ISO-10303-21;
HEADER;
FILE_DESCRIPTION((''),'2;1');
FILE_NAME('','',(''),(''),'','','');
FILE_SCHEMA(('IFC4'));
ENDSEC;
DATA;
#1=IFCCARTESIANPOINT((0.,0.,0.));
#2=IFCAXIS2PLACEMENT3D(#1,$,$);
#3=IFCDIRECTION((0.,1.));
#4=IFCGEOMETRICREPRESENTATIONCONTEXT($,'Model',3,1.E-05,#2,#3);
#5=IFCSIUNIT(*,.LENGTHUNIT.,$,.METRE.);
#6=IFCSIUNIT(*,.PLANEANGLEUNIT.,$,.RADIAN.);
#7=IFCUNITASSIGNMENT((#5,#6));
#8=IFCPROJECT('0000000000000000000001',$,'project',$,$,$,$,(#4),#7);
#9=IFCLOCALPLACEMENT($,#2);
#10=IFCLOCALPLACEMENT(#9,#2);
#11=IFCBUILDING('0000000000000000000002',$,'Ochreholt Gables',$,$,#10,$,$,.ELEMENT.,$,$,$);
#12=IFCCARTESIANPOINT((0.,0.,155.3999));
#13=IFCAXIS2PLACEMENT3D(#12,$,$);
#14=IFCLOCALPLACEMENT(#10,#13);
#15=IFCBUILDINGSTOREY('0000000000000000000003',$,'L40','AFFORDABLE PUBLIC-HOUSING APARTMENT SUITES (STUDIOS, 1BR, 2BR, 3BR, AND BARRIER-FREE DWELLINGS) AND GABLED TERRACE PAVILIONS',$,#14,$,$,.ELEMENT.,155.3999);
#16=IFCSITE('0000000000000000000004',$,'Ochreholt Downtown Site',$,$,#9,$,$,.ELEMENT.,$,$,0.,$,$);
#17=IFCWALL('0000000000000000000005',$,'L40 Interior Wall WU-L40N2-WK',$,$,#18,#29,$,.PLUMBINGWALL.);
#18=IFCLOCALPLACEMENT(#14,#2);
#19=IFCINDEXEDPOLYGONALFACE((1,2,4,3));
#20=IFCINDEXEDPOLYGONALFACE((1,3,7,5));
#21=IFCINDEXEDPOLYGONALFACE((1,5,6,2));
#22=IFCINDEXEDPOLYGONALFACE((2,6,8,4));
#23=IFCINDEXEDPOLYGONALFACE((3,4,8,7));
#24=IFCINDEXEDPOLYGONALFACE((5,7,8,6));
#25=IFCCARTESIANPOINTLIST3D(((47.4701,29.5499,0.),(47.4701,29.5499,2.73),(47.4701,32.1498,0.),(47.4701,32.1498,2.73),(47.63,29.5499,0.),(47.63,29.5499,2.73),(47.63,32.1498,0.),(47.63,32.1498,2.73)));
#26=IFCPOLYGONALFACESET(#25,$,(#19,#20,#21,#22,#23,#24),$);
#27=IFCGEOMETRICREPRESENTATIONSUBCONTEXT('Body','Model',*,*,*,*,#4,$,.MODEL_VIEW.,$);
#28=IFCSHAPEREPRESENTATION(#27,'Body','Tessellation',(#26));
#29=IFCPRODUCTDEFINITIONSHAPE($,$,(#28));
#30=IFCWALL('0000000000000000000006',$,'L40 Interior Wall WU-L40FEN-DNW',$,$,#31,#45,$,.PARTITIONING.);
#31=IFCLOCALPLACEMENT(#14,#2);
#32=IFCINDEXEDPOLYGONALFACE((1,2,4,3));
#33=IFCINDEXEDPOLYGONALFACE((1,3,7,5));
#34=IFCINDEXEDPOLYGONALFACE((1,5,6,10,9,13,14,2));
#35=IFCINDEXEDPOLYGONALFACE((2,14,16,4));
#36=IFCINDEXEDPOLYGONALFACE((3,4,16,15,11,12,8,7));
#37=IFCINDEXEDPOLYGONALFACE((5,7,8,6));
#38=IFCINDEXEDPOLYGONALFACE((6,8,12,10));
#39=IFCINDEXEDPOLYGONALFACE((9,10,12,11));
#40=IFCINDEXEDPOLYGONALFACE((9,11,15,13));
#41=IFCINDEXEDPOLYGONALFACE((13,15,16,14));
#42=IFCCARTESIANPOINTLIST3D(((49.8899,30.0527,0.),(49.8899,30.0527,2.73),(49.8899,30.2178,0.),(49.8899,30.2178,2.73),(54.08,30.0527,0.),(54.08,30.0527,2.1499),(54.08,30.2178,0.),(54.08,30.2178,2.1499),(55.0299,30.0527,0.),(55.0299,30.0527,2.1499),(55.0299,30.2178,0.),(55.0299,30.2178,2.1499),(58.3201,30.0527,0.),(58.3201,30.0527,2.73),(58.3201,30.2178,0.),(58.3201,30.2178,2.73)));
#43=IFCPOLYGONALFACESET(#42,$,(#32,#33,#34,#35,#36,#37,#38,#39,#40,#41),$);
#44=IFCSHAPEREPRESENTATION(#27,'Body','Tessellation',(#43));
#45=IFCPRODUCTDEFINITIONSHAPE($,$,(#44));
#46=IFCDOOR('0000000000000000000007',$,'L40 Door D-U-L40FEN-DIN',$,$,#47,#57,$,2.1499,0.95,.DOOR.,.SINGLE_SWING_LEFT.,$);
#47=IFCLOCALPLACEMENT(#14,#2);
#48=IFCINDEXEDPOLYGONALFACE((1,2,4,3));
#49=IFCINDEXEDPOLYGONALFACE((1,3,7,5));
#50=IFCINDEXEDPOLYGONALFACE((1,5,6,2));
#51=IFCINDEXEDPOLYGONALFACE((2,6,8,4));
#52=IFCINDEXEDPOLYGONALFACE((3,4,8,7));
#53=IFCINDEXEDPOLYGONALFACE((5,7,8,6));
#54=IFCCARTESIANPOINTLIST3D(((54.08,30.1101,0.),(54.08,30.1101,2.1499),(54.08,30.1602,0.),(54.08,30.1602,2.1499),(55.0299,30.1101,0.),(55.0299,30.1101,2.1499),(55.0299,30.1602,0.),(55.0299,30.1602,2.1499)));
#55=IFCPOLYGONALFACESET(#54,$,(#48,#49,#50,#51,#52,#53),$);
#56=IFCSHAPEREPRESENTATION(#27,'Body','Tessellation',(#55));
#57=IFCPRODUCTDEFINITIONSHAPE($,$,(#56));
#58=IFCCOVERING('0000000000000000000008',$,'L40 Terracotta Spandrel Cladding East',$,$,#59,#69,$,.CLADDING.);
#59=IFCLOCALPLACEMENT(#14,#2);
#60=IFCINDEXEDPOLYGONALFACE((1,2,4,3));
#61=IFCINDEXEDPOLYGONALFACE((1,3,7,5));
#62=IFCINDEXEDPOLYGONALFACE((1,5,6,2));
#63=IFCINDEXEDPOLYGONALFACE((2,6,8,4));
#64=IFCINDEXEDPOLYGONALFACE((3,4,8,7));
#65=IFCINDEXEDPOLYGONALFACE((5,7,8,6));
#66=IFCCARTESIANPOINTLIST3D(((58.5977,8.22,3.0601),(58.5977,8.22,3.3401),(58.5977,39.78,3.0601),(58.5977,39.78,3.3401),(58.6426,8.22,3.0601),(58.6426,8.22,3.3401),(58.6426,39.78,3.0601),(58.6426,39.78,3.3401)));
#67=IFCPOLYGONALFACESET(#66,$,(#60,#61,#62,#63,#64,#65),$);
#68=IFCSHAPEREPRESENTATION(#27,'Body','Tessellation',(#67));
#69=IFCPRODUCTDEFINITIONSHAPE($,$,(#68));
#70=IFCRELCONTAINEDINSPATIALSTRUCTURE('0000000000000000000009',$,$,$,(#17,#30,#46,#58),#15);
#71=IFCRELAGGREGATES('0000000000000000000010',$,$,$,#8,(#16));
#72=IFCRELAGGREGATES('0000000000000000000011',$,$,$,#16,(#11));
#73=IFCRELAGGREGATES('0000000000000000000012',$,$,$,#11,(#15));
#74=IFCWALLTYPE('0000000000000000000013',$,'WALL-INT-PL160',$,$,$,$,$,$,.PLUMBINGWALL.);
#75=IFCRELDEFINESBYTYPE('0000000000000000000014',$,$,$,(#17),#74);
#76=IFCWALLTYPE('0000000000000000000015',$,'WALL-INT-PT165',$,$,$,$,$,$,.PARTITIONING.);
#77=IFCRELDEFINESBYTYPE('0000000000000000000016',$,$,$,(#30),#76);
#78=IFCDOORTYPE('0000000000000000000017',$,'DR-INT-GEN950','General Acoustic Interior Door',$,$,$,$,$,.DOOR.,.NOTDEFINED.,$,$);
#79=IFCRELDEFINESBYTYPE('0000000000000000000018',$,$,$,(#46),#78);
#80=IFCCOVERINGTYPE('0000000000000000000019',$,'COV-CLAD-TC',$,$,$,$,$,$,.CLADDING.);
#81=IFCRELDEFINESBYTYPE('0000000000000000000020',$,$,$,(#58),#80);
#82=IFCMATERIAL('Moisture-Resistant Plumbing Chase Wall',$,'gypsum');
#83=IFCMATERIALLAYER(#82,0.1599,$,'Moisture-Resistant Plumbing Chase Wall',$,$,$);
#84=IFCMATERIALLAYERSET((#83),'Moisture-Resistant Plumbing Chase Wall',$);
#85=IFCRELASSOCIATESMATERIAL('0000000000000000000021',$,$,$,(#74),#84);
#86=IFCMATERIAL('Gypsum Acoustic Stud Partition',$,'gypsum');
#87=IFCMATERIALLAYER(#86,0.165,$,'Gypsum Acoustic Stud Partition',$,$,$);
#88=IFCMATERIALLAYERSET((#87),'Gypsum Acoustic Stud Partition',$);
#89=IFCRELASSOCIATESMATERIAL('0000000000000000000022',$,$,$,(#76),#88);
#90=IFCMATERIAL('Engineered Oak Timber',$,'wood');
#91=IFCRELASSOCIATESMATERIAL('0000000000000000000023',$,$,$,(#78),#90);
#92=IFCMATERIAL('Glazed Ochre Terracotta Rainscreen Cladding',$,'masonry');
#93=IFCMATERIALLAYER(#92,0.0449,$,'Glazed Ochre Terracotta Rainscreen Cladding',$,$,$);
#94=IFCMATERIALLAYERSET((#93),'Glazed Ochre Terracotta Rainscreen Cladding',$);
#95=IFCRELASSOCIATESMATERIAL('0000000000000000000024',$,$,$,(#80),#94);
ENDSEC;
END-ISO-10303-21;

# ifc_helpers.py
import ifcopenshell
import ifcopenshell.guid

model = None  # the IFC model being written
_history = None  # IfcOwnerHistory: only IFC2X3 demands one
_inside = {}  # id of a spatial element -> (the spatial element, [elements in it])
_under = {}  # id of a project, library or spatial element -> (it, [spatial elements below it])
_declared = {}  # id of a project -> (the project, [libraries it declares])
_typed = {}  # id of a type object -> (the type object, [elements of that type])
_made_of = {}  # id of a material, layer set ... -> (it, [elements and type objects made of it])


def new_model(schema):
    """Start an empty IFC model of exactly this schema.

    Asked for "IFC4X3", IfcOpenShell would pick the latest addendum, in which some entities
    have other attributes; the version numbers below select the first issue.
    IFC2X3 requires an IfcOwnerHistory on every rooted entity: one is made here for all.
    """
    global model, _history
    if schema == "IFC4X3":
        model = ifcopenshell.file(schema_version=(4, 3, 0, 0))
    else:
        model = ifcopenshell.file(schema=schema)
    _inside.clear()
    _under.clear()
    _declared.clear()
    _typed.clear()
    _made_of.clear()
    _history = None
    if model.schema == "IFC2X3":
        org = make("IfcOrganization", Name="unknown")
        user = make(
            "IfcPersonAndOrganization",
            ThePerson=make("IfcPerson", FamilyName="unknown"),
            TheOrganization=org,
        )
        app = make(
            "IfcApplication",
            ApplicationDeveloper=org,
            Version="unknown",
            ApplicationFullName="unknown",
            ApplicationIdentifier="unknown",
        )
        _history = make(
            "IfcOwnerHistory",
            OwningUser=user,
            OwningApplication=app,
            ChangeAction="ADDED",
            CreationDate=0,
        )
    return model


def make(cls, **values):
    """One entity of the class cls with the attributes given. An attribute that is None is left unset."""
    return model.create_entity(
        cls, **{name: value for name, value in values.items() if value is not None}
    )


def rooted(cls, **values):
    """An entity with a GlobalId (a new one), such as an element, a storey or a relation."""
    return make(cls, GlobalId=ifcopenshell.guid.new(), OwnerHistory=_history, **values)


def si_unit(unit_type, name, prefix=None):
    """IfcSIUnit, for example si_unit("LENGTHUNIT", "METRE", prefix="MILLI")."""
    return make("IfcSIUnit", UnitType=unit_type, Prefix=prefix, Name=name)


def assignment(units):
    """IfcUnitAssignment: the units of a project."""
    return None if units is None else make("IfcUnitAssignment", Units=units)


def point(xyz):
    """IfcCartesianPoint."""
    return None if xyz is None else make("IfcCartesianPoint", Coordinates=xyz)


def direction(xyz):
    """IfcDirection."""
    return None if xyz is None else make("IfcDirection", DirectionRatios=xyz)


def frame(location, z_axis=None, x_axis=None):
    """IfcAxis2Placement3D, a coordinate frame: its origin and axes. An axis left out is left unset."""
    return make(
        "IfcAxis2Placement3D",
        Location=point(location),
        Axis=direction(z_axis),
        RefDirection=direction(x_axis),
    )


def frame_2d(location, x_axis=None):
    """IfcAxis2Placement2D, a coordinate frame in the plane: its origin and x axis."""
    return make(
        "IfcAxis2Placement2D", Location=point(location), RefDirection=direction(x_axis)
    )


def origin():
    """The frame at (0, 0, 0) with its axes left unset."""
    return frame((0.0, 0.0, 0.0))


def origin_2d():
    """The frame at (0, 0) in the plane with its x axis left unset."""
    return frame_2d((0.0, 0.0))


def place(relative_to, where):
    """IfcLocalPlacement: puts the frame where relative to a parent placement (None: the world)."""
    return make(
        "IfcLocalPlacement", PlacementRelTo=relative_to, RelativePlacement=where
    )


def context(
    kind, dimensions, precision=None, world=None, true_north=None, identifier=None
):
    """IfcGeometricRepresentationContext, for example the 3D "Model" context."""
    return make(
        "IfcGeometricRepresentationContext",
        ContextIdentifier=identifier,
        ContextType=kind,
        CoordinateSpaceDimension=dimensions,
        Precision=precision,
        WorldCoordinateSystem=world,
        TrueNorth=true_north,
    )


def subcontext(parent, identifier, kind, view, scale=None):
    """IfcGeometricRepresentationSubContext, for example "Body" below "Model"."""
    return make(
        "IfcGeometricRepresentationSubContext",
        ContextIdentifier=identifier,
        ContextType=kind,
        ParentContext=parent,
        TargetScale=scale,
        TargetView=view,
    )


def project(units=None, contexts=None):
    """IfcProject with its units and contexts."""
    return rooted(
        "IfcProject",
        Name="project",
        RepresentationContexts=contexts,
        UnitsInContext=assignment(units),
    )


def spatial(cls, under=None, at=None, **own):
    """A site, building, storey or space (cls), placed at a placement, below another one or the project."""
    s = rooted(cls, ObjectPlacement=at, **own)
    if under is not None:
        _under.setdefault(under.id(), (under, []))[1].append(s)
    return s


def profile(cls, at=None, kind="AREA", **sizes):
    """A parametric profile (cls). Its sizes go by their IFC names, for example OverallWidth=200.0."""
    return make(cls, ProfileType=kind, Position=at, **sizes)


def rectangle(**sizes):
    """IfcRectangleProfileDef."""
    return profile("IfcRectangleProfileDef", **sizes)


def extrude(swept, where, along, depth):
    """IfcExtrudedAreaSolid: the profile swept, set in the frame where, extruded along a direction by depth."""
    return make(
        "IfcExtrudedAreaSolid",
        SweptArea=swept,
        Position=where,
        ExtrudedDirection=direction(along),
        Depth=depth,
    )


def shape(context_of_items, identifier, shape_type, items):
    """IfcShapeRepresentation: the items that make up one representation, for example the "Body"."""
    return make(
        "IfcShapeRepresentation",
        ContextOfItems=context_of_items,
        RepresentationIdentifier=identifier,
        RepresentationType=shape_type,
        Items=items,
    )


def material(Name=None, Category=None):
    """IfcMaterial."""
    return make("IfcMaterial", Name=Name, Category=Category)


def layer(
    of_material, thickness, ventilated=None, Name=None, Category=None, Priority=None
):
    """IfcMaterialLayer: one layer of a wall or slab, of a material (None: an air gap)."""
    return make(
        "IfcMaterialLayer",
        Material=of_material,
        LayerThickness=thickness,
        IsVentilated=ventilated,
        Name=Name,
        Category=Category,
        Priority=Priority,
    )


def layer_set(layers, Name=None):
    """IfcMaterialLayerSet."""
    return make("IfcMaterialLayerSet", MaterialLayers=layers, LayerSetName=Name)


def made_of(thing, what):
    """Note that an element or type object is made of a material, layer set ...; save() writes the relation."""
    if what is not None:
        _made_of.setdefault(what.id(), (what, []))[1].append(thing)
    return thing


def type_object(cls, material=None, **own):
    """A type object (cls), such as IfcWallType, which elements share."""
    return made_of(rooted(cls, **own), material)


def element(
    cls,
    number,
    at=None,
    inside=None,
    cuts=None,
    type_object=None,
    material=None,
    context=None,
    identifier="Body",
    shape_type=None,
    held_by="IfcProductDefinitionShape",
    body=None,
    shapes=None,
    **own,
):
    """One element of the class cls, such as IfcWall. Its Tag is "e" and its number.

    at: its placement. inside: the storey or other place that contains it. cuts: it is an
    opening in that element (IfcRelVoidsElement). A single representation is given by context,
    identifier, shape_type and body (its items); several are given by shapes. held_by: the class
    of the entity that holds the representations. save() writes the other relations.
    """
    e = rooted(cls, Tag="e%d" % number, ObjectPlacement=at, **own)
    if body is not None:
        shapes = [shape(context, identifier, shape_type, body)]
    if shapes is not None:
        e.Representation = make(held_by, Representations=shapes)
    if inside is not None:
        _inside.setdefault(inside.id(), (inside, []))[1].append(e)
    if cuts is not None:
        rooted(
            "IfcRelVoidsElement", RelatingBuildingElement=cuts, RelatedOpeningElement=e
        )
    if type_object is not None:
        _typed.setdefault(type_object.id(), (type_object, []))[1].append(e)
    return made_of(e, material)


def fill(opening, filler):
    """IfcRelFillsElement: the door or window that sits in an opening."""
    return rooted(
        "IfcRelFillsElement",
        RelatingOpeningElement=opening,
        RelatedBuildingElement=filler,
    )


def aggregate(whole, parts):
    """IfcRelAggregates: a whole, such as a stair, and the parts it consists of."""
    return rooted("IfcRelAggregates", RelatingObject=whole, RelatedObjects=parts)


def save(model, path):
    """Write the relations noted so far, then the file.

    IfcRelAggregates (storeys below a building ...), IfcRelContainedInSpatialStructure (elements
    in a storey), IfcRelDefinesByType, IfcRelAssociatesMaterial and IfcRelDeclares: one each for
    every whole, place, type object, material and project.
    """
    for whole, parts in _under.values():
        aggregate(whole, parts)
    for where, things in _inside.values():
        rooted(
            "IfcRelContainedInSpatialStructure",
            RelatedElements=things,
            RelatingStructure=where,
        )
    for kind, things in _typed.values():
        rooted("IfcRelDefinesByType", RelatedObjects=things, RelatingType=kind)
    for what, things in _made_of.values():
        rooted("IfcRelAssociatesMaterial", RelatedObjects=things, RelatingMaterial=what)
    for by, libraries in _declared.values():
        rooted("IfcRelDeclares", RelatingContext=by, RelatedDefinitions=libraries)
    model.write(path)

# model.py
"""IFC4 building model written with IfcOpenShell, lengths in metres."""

from ifc_helpers import new_model, si_unit, direction, frame, frame_2d, origin, origin_2d, place, context, subcontext, project, spatial, rectangle, extrude, material, layer, layer_set, type_object, element, fill, save


model = new_model("IFC4")

# Units and contexts
model_context = context("Model", 3, precision=1e-05, world=origin(), true_north=direction((0.0, 1.0)))
body_context = subcontext(model_context, "Body", "Model", "MODEL_VIEW")
ifc_project = project(units=[si_unit("LENGTHUNIT", "METRE"), si_unit("PLANEANGLEUNIT", "RADIAN")], contexts=[model_context])

# Site, building, storey
site_placement = place(None, origin())
site = spatial("IfcSite", under=ifc_project, at=site_placement, Name="Ochreholt Downtown Site", CompositionType="ELEMENT", RefElevation=0.0)
building_placement = place(site_placement, origin())
building = spatial("IfcBuilding", under=site, at=building_placement, Name="Ochreholt Gables", CompositionType="ELEMENT")
storey_placement = place(building_placement, frame((0.0, 0.0, 155.3999)))
storey = spatial("IfcBuildingStorey", under=building, at=storey_placement, Name="L40", Description="AFFORDABLE PUBLIC-HOUSING APARTMENT SUITES (STUDIOS, 1BR, 2BR, 3BR, AND BARRIER-FREE DWELLINGS) AND GABLED TERRACE PAVILIONS", CompositionType="ELEMENT", Elevation=155.3999)

# Shared definitions
ifc_material_1 = material(Name="Engineered Oak Timber", Category="wood")

# Wall
ifc_material_2 = material(Name="Moisture-Resistant Plumbing Chase Wall", Category="gypsum")
ifc_layer_1 = layer(ifc_material_2, 0.1599, Name="Moisture-Resistant Plumbing Chase Wall")
ifc_layer_set_1 = layer_set([ifc_layer_1], Name="Moisture-Resistant Plumbing Chase Wall")
wall_type_1 = type_object("IfcWallType", Name="WALL-INT-PL160", PredefinedType="PLUMBINGWALL", material=ifc_layer_set_1)
wall_1_placement = place(storey_placement, frame((47.55, 29.55, 0.0), z_axis=(0.0, 0.0, 1.0), x_axis=(0.0, 1.0, 0.0)))
element("IfcWall", 1, at=wall_1_placement, inside=storey, type_object=wall_type_1, Name="L40 Interior Wall WU-L40N2-WK", PredefinedType="PLUMBINGWALL", context=body_context, shape_type="SweptSolid", body=[
    extrude(rectangle(XDim=2.5999, YDim=0.1599, at=frame_2d((1.2998, 0.0))), origin(), (0.0, 0.0, 1.0), 2.73),
])

# Wall, opening, door
ifc_material_3 = material(Name="Gypsum Acoustic Stud Partition", Category="gypsum")
ifc_layer_2 = layer(ifc_material_3, 0.165, Name="Gypsum Acoustic Stud Partition")
ifc_layer_set_2 = layer_set([ifc_layer_2], Name="Gypsum Acoustic Stud Partition")
wall_type_2 = type_object("IfcWallType", Name="WALL-INT-PT165", PredefinedType="PARTITIONING", material=ifc_layer_set_2)
wall_2_placement = place(storey_placement, frame((49.8899, 30.1353, 0.0), z_axis=(0.0, 0.0, 1.0), x_axis=(1.0, 0.0, 0.0)))
wall_2 = element("IfcWall", 2, at=wall_2_placement, inside=storey, type_object=wall_type_2, Name="L40 Interior Wall WU-L40FEN-DNW", PredefinedType="PARTITIONING", context=body_context, shape_type="SweptSolid", body=[
    extrude(rectangle(XDim=8.4302, YDim=0.165, at=frame_2d((4.2151, 0.0))), origin(), (0.0, 0.0, 1.0), 2.73),
])
opening_1_placement = place(wall_2_placement, frame((4.1899, 0.0, 0.0)))
opening_1 = element("IfcOpeningElement", 3, at=opening_1_placement, cuts=wall_2, PredefinedType="OPENING", context=body_context, shape_type="SweptSolid", body=[
    extrude(rectangle(XDim=0.95, YDim=2.1499, at=frame_2d((0.4751, 1.075))), frame((0.0, 0.0925, 0.0), z_axis=(0.0, -1.0, 0.0), x_axis=(1.0, 0.0, 0.0)), (0.0, 0.0, 1.0), 0.1851),
])
door_type_1 = type_object("IfcDoorType", Name="DR-INT-GEN950", Description="General Acoustic Interior Door", OperationType="NOTDEFINED", PredefinedType="DOOR", material=ifc_material_1)
door_1_placement = place(opening_1_placement, origin())
door_1 = element("IfcDoor", 4, at=door_1_placement, inside=storey, type_object=door_type_1, Name="L40 Door D-U-L40FEN-DIN", OperationType="SINGLE_SWING_LEFT", OverallHeight=2.1499, OverallWidth=0.95, PredefinedType="DOOR", context=body_context, shape_type="SweptSolid", body=[
    extrude(rectangle(XDim=0.95, YDim=2.1499, at=frame_2d((0.4751, 1.075))), frame((0.0, 0.0249, 0.0), z_axis=(0.0, -1.0, 0.0), x_axis=(1.0, 0.0, 0.0)), (0.0, 0.0, 1.0), 0.05),
])
fill(opening_1, door_1)

# Covering
ifc_material_4 = material(Name="Glazed Ochre Terracotta Rainscreen Cladding", Category="masonry")
ifc_layer_3 = layer(ifc_material_4, 0.0449, Name="Glazed Ochre Terracotta Rainscreen Cladding")
ifc_layer_set_3 = layer_set([ifc_layer_3], Name="Glazed Ochre Terracotta Rainscreen Cladding")
covering_type = type_object("IfcCoveringType", Name="COV-CLAD-TC", PredefinedType="CLADDING", material=ifc_layer_set_3)
covering_placement = place(storey_placement, frame((58.6201, 24.0, 3.0601), z_axis=(0.0, 0.0, 1.0), x_axis=(0.0, 1.0, 0.0)))
element("IfcCovering", 5, at=covering_placement, inside=storey, type_object=covering_type, Name="L40 Terracotta Spandrel Cladding East", PredefinedType="CLADDING", context=body_context, shape_type="SweptSolid", body=[
    extrude(rectangle(XDim=31.5601, YDim=0.0449, at=origin_2d()), origin(), (0.0, 0.0, 1.0), 0.28),
])

save(model, "model.ifc")
